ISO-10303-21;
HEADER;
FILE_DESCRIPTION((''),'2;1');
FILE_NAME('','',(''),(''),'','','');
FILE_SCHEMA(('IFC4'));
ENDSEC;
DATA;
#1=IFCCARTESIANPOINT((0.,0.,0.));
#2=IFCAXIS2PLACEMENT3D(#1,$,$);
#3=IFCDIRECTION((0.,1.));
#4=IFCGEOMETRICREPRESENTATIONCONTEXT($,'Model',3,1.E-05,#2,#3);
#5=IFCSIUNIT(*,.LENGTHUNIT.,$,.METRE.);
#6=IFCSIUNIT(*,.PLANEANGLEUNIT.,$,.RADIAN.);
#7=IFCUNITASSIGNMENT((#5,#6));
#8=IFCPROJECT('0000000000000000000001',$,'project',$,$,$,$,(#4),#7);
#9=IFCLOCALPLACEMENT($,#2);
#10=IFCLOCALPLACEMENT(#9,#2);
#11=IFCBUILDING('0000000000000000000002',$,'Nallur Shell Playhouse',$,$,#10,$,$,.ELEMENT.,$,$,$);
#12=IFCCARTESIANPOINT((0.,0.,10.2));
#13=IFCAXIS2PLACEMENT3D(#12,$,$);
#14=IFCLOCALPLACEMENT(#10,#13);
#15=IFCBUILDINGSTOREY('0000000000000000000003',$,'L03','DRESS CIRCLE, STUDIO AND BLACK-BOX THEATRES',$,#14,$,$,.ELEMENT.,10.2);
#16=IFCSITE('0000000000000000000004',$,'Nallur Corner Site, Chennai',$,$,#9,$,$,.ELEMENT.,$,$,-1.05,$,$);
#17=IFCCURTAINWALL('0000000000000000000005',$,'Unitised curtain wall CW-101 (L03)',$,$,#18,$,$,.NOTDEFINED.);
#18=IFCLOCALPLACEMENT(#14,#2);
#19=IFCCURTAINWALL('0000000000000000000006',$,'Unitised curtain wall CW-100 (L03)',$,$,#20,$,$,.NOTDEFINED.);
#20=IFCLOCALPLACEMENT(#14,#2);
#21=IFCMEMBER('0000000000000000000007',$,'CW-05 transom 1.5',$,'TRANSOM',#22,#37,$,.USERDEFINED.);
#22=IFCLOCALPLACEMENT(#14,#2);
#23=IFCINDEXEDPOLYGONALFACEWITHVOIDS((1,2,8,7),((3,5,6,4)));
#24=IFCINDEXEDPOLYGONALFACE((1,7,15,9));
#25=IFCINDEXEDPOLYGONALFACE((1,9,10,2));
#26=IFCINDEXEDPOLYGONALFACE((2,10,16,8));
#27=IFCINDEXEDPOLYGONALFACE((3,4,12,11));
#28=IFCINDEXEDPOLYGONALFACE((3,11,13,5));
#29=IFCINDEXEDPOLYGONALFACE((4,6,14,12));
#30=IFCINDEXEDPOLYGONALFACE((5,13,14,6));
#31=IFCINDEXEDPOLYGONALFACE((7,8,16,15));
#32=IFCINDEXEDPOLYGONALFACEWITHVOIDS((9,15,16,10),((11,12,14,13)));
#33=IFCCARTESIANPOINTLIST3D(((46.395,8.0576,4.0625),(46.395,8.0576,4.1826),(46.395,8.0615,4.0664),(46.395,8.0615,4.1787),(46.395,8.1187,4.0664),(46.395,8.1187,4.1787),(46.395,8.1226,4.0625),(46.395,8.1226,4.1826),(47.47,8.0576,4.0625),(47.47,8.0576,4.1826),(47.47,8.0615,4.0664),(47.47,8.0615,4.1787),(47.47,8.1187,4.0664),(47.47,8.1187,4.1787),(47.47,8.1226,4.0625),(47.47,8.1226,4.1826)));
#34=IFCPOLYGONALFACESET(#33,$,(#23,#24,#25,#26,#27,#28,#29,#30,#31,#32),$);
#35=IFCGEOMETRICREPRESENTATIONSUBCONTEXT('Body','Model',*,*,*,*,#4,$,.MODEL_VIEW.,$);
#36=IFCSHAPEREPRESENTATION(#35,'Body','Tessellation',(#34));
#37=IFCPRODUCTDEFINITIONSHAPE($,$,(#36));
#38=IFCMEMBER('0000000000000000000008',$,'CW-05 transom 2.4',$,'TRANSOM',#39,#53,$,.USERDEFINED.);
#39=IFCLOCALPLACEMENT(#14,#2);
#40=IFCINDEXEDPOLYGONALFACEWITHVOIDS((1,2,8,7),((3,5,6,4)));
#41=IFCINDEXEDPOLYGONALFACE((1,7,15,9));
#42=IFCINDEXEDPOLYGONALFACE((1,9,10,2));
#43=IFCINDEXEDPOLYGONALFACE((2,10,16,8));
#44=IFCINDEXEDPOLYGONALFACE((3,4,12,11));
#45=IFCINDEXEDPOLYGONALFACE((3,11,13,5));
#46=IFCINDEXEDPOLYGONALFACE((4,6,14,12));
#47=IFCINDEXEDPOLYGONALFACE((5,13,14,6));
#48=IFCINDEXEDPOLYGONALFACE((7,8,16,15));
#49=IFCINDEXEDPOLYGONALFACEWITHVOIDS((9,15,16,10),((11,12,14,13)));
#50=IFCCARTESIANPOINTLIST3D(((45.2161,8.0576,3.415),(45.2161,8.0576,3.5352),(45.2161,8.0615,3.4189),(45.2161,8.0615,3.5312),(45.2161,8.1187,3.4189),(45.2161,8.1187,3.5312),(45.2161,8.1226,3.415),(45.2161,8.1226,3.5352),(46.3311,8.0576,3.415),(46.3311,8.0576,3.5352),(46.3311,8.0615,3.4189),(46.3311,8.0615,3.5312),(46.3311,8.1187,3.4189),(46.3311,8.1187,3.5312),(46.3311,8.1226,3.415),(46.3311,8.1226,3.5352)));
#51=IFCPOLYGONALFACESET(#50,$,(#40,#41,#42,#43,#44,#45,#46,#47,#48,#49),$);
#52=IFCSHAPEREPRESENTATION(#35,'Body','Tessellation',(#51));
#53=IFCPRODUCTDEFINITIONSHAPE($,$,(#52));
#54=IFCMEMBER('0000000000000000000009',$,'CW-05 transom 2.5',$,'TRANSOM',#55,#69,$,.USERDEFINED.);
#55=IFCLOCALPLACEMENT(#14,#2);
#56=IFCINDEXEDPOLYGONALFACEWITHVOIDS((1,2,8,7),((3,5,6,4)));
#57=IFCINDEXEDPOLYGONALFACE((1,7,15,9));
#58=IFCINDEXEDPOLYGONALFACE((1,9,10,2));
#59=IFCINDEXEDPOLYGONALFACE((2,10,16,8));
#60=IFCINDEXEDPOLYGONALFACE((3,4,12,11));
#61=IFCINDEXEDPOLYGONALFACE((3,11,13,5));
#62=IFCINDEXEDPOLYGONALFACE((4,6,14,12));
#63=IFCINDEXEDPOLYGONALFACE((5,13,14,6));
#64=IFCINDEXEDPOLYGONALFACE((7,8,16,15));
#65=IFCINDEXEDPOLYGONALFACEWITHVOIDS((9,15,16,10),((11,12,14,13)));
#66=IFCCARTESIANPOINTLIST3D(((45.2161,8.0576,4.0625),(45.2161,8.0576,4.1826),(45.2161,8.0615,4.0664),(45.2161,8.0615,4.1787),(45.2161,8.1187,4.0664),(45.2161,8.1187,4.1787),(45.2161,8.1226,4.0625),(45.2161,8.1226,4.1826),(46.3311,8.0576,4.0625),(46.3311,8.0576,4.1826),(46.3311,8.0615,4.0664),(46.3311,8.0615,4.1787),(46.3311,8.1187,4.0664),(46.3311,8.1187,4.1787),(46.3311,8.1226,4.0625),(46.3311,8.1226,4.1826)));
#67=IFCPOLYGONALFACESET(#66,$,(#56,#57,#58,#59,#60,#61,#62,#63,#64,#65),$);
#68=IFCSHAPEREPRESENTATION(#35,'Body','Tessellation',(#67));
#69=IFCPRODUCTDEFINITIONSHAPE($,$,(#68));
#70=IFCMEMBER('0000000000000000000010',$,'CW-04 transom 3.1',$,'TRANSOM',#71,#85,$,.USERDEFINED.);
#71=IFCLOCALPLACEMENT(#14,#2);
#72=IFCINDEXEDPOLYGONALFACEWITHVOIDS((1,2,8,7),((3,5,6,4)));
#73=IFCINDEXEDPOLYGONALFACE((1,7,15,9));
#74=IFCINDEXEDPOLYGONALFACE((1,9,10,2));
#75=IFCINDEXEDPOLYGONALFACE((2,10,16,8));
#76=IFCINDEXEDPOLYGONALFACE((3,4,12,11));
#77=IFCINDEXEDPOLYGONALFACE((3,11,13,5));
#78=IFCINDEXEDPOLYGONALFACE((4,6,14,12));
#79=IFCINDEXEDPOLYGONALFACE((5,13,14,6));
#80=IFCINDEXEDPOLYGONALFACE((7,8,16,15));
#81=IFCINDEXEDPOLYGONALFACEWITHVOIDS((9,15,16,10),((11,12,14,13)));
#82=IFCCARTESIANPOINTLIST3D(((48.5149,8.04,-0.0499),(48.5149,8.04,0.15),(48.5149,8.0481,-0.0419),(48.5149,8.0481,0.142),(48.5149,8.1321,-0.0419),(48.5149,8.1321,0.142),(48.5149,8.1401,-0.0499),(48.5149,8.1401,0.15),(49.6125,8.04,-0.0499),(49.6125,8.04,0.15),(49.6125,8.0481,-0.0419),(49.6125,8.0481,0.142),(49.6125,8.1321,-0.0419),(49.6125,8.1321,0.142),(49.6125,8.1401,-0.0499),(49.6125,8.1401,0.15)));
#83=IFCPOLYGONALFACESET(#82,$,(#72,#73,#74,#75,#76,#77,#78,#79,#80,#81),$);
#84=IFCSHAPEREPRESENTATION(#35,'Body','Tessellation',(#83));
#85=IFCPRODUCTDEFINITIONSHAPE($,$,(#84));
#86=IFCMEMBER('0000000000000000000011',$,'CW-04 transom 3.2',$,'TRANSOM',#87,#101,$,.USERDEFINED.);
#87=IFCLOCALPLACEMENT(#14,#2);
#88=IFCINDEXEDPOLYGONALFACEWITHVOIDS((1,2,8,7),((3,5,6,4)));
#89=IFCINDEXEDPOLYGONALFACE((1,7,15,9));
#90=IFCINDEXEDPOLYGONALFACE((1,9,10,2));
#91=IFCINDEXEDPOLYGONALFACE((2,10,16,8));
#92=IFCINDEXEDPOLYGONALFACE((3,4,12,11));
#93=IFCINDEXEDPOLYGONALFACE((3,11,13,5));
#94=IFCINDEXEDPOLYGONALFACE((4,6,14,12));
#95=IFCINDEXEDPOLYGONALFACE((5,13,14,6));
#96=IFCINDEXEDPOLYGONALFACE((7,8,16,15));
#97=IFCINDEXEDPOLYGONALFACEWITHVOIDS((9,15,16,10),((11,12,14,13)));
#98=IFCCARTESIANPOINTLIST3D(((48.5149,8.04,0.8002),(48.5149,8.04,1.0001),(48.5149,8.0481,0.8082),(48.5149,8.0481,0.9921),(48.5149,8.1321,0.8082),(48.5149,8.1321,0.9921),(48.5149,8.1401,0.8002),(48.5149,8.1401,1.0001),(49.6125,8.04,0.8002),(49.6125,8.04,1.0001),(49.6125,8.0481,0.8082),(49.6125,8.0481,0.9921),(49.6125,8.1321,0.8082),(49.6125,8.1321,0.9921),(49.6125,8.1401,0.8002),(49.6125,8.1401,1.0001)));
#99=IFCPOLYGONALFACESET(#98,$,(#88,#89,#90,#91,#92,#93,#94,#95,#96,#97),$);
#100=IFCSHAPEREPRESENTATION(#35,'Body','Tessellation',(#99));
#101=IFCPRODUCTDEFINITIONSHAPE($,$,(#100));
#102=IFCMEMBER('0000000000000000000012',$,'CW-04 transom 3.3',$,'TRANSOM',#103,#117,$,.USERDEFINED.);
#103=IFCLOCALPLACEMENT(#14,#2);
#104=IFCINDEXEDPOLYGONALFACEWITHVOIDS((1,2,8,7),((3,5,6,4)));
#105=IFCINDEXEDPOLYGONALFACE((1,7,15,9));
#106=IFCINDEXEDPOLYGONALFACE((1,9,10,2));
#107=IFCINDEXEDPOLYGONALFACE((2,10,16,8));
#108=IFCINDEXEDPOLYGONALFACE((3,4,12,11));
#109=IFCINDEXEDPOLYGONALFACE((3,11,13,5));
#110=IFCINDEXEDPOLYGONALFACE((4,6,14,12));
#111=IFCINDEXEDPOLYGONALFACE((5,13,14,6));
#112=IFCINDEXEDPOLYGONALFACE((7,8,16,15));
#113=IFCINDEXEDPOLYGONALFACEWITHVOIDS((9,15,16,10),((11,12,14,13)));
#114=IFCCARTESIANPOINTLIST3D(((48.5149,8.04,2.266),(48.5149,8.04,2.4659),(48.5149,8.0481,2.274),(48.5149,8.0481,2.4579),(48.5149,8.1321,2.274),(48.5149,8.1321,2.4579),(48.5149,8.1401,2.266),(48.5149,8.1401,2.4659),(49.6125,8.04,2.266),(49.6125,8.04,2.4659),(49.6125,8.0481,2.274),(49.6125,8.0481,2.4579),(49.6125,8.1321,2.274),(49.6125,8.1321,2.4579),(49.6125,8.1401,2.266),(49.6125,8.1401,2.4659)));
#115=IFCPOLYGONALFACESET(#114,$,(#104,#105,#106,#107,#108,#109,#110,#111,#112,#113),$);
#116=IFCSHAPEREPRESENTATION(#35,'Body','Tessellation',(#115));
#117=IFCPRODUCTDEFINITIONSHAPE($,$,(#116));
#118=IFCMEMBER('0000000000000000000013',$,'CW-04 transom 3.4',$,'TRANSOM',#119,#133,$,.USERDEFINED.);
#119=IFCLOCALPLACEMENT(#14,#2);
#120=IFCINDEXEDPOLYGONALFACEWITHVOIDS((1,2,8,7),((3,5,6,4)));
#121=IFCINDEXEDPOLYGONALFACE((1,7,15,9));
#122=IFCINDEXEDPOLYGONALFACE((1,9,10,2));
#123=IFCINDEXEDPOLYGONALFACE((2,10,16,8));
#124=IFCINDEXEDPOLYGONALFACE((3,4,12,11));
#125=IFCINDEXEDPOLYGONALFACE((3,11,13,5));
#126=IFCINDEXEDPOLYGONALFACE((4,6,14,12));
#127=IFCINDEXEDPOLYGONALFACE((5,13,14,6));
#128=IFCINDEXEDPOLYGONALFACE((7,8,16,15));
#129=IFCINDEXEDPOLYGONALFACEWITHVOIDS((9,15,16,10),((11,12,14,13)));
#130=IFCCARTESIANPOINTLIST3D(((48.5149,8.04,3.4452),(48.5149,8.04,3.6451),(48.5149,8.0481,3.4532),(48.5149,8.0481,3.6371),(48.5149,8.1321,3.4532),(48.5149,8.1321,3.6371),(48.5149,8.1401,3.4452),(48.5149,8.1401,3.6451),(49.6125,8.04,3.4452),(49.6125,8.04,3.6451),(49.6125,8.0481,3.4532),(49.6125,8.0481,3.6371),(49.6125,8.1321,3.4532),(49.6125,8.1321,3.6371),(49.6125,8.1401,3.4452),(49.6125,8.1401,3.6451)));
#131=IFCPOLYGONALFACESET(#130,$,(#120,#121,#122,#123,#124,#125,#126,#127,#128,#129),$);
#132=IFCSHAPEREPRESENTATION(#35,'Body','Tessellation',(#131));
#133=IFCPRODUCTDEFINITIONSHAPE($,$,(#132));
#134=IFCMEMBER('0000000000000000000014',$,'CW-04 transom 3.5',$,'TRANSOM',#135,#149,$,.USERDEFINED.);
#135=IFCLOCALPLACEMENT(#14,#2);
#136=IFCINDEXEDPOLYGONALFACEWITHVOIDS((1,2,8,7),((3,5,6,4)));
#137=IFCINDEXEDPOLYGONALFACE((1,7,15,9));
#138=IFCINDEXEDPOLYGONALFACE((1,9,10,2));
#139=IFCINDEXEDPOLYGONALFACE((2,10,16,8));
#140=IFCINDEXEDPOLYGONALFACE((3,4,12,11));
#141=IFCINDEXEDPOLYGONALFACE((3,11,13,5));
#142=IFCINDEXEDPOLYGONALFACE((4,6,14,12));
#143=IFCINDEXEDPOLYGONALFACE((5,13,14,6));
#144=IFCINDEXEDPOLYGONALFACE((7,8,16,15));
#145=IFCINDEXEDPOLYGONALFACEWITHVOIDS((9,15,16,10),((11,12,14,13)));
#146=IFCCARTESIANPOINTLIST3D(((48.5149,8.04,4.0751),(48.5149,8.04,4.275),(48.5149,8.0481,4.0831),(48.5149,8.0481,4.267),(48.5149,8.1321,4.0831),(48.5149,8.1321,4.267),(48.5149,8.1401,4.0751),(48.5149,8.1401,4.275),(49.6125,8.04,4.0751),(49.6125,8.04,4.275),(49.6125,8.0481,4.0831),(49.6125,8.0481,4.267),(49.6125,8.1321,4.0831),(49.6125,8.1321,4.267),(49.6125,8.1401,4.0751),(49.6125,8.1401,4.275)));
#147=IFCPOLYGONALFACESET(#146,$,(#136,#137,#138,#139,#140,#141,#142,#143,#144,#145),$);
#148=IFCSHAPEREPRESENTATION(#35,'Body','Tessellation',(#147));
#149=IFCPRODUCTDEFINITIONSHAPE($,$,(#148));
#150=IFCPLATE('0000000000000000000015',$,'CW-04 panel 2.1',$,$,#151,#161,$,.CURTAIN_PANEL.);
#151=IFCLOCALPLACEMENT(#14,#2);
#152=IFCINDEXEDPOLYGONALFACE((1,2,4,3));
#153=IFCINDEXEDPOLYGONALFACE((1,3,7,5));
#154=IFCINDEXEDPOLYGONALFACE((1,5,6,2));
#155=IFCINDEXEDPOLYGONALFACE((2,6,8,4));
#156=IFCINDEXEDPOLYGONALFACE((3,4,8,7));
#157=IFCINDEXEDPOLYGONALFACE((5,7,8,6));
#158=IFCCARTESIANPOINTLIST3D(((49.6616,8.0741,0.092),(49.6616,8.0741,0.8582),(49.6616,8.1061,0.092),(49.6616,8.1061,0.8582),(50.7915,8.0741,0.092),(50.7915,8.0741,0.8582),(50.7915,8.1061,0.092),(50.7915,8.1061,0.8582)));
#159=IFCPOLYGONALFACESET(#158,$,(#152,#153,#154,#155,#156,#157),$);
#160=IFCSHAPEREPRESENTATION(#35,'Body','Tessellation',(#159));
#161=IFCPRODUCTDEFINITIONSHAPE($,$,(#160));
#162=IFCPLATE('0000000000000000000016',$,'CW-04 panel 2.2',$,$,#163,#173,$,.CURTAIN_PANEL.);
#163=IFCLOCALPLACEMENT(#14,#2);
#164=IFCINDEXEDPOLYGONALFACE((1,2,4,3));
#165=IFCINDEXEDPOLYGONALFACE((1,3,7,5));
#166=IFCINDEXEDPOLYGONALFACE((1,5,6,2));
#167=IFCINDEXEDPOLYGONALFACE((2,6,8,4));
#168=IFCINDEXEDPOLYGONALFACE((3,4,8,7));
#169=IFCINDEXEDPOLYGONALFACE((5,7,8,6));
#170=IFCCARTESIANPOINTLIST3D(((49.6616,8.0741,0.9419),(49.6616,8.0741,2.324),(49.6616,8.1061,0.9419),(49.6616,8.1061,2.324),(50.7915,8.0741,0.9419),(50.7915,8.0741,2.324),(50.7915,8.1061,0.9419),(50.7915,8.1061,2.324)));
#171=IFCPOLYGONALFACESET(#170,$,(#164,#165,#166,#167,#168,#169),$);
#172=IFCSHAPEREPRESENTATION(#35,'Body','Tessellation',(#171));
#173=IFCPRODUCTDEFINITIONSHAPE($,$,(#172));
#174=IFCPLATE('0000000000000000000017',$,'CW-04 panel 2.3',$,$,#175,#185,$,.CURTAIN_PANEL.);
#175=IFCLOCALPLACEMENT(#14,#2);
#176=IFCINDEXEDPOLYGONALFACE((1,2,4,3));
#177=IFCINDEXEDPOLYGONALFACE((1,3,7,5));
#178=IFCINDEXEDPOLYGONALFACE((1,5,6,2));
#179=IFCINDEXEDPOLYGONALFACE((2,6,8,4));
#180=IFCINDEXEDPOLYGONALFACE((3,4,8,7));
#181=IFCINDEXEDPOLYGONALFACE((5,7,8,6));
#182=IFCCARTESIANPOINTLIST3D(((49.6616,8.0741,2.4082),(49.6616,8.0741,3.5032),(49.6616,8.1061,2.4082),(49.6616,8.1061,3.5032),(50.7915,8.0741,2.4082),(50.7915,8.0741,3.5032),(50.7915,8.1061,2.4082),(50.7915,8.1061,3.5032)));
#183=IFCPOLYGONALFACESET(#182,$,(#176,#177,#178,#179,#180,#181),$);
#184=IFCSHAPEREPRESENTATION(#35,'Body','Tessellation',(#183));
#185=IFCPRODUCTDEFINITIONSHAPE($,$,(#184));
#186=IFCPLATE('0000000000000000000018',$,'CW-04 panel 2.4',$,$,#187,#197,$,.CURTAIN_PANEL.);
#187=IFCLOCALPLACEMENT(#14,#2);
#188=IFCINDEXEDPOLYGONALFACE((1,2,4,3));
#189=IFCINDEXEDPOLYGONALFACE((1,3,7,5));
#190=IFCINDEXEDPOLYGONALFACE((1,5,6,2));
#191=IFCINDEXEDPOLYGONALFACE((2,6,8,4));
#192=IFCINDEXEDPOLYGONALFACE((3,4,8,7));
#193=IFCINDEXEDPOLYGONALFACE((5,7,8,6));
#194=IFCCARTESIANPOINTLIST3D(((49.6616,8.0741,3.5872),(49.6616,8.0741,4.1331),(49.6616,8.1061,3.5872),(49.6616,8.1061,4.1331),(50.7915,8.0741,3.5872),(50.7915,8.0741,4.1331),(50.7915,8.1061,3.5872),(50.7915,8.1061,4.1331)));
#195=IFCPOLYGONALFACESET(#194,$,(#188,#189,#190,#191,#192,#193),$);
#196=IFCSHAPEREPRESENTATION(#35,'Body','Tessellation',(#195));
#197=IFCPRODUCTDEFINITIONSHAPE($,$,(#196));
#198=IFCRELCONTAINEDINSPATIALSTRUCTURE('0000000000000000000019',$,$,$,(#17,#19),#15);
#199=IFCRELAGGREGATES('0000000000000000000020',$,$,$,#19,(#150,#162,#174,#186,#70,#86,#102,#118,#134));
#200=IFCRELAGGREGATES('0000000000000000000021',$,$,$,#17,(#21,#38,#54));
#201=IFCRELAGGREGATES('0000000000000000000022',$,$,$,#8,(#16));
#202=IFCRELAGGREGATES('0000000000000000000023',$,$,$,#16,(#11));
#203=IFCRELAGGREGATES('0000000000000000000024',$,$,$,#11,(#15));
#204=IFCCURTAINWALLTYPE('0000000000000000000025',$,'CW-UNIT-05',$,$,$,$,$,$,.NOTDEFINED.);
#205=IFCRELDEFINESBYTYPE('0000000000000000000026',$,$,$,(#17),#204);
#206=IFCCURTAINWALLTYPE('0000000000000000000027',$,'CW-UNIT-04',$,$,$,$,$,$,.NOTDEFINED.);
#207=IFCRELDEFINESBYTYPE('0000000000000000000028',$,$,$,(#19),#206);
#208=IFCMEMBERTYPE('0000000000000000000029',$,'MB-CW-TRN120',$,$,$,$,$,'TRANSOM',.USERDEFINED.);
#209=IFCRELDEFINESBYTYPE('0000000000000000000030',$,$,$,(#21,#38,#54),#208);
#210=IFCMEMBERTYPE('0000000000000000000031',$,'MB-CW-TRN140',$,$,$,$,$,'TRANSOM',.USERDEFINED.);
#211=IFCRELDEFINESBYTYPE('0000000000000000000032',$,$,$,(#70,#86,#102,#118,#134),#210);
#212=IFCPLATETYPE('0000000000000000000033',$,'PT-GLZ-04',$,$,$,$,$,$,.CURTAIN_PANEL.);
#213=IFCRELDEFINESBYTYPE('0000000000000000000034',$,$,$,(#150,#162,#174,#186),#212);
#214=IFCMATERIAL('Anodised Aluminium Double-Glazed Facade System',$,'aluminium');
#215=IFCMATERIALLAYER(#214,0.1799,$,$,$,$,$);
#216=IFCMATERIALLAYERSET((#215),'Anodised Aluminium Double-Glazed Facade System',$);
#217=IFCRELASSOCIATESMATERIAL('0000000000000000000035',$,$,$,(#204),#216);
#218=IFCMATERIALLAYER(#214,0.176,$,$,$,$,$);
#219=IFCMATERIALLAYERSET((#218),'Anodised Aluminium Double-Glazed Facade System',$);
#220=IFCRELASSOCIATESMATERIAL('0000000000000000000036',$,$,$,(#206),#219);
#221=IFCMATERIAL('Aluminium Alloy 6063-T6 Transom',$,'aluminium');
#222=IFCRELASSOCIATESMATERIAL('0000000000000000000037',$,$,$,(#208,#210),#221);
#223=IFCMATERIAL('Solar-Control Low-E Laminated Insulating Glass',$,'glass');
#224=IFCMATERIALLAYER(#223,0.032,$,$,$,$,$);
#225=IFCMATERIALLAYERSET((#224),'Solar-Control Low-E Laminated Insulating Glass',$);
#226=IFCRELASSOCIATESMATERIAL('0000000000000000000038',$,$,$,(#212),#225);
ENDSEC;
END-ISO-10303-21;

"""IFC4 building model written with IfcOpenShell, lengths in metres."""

from ifc_helpers import new_model, si_unit, direction, frame, origin, origin_2d, place, context, subcontext, project, spatial, rectangle, hollow_rectangle, extrude, material, layer, layer_set, material_profile, profile_set, type_object, element, aggregate, save


model = new_model("IFC4")

# Units and contexts
model_context = context("Model", 3, precision=1e-05, world=origin(), true_north=direction((0.0, 1.0)))
body_context = subcontext(model_context, "Body", "Model", "MODEL_VIEW")
ifc_project = project(units=[si_unit("LENGTHUNIT", "METRE"), si_unit("PLANEANGLEUNIT", "RADIAN")], contexts=[model_context])

# Site, building, storey
site_placement = place(None, origin())
site = spatial("IfcSite", under=ifc_project, at=site_placement, Name="Nallur Corner Site, Chennai", CompositionType="ELEMENT", RefElevation=-1.05)
building_placement = place(site_placement, origin())
building = spatial("IfcBuilding", under=site, at=building_placement, Name="Nallur Shell Playhouse", CompositionType="ELEMENT")
storey_placement = place(building_placement, frame((0.0, 0.0, 10.2)))
storey = spatial("IfcBuildingStorey", under=building, at=storey_placement, Name="L03", Description="DRESS CIRCLE, STUDIO AND BLACK-BOX THEATRES", CompositionType="ELEMENT", Elevation=10.2)

# Curtain walls
ifc_material_1 = material(Name="Anodised Aluminium Double-Glazed Facade System", Category="aluminium")
ifc_layer_1 = layer(ifc_material_1, 0.1799)
ifc_layer_set_1 = layer_set([ifc_layer_1], Name="Anodised Aluminium Double-Glazed Facade System")
curtain_wall_type_1 = type_object("IfcCurtainWallType", Name="CW-UNIT-05", PredefinedType="NOTDEFINED", material=ifc_layer_set_1)
curtain_wall_1_placement = place(storey_placement, origin())
curtain_wall_1 = element("IfcCurtainWall", 1, at=curtain_wall_1_placement, inside=storey, type_object=curtain_wall_type_1, Name="Unitised curtain wall CW-101 (L03)", PredefinedType="NOTDEFINED")
ifc_layer_2 = layer(ifc_material_1, 0.176)
ifc_layer_set_2 = layer_set([ifc_layer_2], Name="Anodised Aluminium Double-Glazed Facade System")
curtain_wall_type_2 = type_object("IfcCurtainWallType", Name="CW-UNIT-04", PredefinedType="NOTDEFINED", material=ifc_layer_set_2)
curtain_wall_2_placement = place(storey_placement, origin())
curtain_wall_2 = element("IfcCurtainWall", 2, at=curtain_wall_2_placement, inside=storey, type_object=curtain_wall_type_2, Name="Unitised curtain wall CW-100 (L03)", PredefinedType="NOTDEFINED")

# Members
ifc_material_2 = material(Name="Aluminium Alloy 6063-T6 Transom", Category="aluminium")
ifc_material_profile_1 = material_profile(ifc_material_2, hollow_rectangle(XDim=0.0649, YDim=0.1201, WallThickness=0.0039, at=origin_2d()), Name="ALU 65x120x4")
ifc_profile_set_1 = profile_set([ifc_material_profile_1], Name="Aluminium Alloy 6063-T6 Transom")
member_type_1 = type_object("IfcMemberType", Name="MB-CW-TRN120", ElementType="TRANSOM", PredefinedType="USERDEFINED", material=ifc_profile_set_1)
member_1_placement = place(storey_placement, frame((47.47, 8.0901, 4.1226), z_axis=(-1.0, 0.0, 0.0), x_axis=(0.0, -1.0, 0.0)))
member_1 = element("IfcMember", 3, at=member_1_placement, type_object=member_type_1, Name="CW-05 transom 1.5", ObjectType="TRANSOM", PredefinedType="USERDEFINED", context=body_context, shape_type="SweptSolid", body=[
    extrude(hollow_rectangle(XDim=0.0649, YDim=0.1201, WallThickness=0.0039, at=origin_2d()), origin(), (0.0, 0.0, 1.0), 1.075),
])
member_2_placement = place(storey_placement, frame((46.3311, 8.0901, 3.4751), z_axis=(-1.0, 0.0, 0.0), x_axis=(0.0, -1.0, 0.0)))
member_2 = element("IfcMember", 4, at=member_2_placement, type_object=member_type_1, Name="CW-05 transom 2.4", ObjectType="TRANSOM", PredefinedType="USERDEFINED", context=body_context, shape_type="SweptSolid", body=[
    extrude(hollow_rectangle(XDim=0.0649, YDim=0.1201, WallThickness=0.0039, at=origin_2d()), origin(), (0.0, 0.0, 1.0), 1.115),
])
member_3_placement = place(storey_placement, frame((46.3311, 8.0901, 4.1226), z_axis=(-1.0, 0.0, 0.0), x_axis=(0.0, -1.0, 0.0)))
member_3 = element("IfcMember", 5, at=member_3_placement, type_object=member_type_1, Name="CW-05 transom 2.5", ObjectType="TRANSOM", PredefinedType="USERDEFINED", context=body_context, shape_type="SweptSolid", body=[
    extrude(hollow_rectangle(XDim=0.0649, YDim=0.1201, WallThickness=0.0039, at=origin_2d()), origin(), (0.0, 0.0, 1.0), 1.115),
])
ifc_material_profile_2 = material_profile(ifc_material_2, hollow_rectangle(XDim=0.1001, YDim=0.2, WallThickness=0.0081, at=origin_2d()), Name="RHS 200x100x8")
ifc_profile_set_2 = profile_set([ifc_material_profile_2], Name="Aluminium Alloy 6063-T6 Transom")
member_type_2 = type_object("IfcMemberType", Name="MB-CW-TRN140", ElementType="TRANSOM", PredefinedType="USERDEFINED", material=ifc_profile_set_2)
member_4_placement = place(storey_placement, frame((49.6125, 8.0901, 0.05), z_axis=(-1.0, 0.0, 0.0), x_axis=(0.0, -1.0, 0.0)))
member_4 = element("IfcMember", 6, at=member_4_placement, type_object=member_type_2, Name="CW-04 transom 3.1", ObjectType="TRANSOM", PredefinedType="USERDEFINED", context=body_context, shape_type="SweptSolid", body=[
    extrude(hollow_rectangle(XDim=0.1001, YDim=0.2, WallThickness=0.0081, at=origin_2d()), origin(), (0.0, 0.0, 1.0), 1.0977),
])
member_5_placement = place(storey_placement, frame((49.6125, 8.0901, 0.9001), z_axis=(-1.0, 0.0, 0.0), x_axis=(0.0, -1.0, 0.0)))
member_5 = element("IfcMember", 7, at=member_5_placement, type_object=member_type_2, Name="CW-04 transom 3.2", ObjectType="TRANSOM", PredefinedType="USERDEFINED", context=body_context, shape_type="SweptSolid", body=[
    extrude(hollow_rectangle(XDim=0.1001, YDim=0.2, WallThickness=0.0081, at=origin_2d()), origin(), (0.0, 0.0, 1.0), 1.0977),
])
member_6_placement = place(storey_placement, frame((49.6125, 8.0901, 2.366), z_axis=(-1.0, 0.0, 0.0), x_axis=(0.0, -1.0, 0.0)))
member_6 = element("IfcMember", 8, at=member_6_placement, type_object=member_type_2, Name="CW-04 transom 3.3", ObjectType="TRANSOM", PredefinedType="USERDEFINED", context=body_context, shape_type="SweptSolid", body=[
    extrude(hollow_rectangle(XDim=0.1001, YDim=0.2, WallThickness=0.0081, at=origin_2d()), origin(), (0.0, 0.0, 1.0), 1.0977),
])
member_7_placement = place(storey_placement, frame((49.6125, 8.0901, 3.5452), z_axis=(-1.0, 0.0, 0.0), x_axis=(0.0, -1.0, 0.0)))
member_7 = element("IfcMember", 9, at=member_7_placement, type_object=member_type_2, Name="CW-04 transom 3.4", ObjectType="TRANSOM", PredefinedType="USERDEFINED", context=body_context, shape_type="SweptSolid", body=[
    extrude(hollow_rectangle(XDim=0.1001, YDim=0.2, WallThickness=0.0081, at=origin_2d()), origin(), (0.0, 0.0, 1.0), 1.0977),
])
member_8_placement = place(storey_placement, frame((49.6125, 8.0901, 4.175), z_axis=(-1.0, 0.0, 0.0), x_axis=(0.0, -1.0, 0.0)))
member_8 = element("IfcMember", 10, at=member_8_placement, type_object=member_type_2, Name="CW-04 transom 3.5", ObjectType="TRANSOM", PredefinedType="USERDEFINED", context=body_context, shape_type="SweptSolid", body=[
    extrude(hollow_rectangle(XDim=0.1001, YDim=0.2, WallThickness=0.0081, at=origin_2d()), origin(), (0.0, 0.0, 1.0), 1.0977),
])

# Plates
ifc_material_3 = material(Name="Solar-Control Low-E Laminated Insulating Glass", Category="glass")
ifc_layer_3 = layer(ifc_material_3, 0.032)
ifc_layer_set_3 = layer_set([ifc_layer_3], Name="Solar-Control Low-E Laminated Insulating Glass")
plate_type_1 = type_object("IfcPlateType", Name="PT-GLZ-04", PredefinedType="CURTAIN_PANEL", material=ifc_layer_set_3)
plate_1_placement = place(storey_placement, frame((50.2266, 8.0901, 0.092), z_axis=(0.0, 0.0, 1.0), x_axis=(-1.0, 0.0, 0.0)))
plate_1 = element("IfcPlate", 11, at=plate_1_placement, type_object=plate_type_1, Name="CW-04 panel 2.1", PredefinedType="CURTAIN_PANEL", context=body_context, shape_type="SweptSolid", body=[
    extrude(rectangle(XDim=1.1299, YDim=0.032, at=origin_2d()), origin(), (0.0, 0.0, 1.0), 0.7661),
])
plate_2_placement = place(storey_placement, frame((50.2266, 8.0901, 0.9419), z_axis=(0.0, 0.0, 1.0), x_axis=(-1.0, 0.0, 0.0)))
plate_2 = element("IfcPlate", 12, at=plate_2_placement, type_object=plate_type_1, Name="CW-04 panel 2.2", PredefinedType="CURTAIN_PANEL", context=body_context, shape_type="SweptSolid", body=[
    extrude(rectangle(XDim=1.1299, YDim=0.032, at=origin_2d()), origin(), (0.0, 0.0, 1.0), 1.3821),
])
plate_3_placement = place(storey_placement, frame((50.2266, 8.0901, 2.4082), z_axis=(0.0, 0.0, 1.0), x_axis=(-1.0, 0.0, 0.0)))
plate_3 = element("IfcPlate", 13, at=plate_3_placement, type_object=plate_type_1, Name="CW-04 panel 2.3", PredefinedType="CURTAIN_PANEL", context=body_context, shape_type="SweptSolid", body=[
    extrude(rectangle(XDim=1.1299, YDim=0.032, at=origin_2d()), origin(), (0.0, 0.0, 1.0), 1.095),
])
plate_4_placement = place(storey_placement, frame((50.2266, 8.0901, 3.5872), z_axis=(0.0, 0.0, 1.0), x_axis=(-1.0, 0.0, 0.0)))
plate_4 = element("IfcPlate", 14, at=plate_4_placement, type_object=plate_type_1, Name="CW-04 panel 2.4", PredefinedType="CURTAIN_PANEL", context=body_context, shape_type="SweptSolid", body=[
    extrude(rectangle(XDim=1.1299, YDim=0.032, at=origin_2d()), origin(), (0.0, 0.0, 1.0), 0.5459),
])
aggregate(curtain_wall_2, [plate_1, plate_2, plate_3, plate_4, member_4, member_5, member_6, member_7, member_8])
aggregate(curtain_wall_1, [member_1, member_2, member_3])

save(model, "model.ifc")
